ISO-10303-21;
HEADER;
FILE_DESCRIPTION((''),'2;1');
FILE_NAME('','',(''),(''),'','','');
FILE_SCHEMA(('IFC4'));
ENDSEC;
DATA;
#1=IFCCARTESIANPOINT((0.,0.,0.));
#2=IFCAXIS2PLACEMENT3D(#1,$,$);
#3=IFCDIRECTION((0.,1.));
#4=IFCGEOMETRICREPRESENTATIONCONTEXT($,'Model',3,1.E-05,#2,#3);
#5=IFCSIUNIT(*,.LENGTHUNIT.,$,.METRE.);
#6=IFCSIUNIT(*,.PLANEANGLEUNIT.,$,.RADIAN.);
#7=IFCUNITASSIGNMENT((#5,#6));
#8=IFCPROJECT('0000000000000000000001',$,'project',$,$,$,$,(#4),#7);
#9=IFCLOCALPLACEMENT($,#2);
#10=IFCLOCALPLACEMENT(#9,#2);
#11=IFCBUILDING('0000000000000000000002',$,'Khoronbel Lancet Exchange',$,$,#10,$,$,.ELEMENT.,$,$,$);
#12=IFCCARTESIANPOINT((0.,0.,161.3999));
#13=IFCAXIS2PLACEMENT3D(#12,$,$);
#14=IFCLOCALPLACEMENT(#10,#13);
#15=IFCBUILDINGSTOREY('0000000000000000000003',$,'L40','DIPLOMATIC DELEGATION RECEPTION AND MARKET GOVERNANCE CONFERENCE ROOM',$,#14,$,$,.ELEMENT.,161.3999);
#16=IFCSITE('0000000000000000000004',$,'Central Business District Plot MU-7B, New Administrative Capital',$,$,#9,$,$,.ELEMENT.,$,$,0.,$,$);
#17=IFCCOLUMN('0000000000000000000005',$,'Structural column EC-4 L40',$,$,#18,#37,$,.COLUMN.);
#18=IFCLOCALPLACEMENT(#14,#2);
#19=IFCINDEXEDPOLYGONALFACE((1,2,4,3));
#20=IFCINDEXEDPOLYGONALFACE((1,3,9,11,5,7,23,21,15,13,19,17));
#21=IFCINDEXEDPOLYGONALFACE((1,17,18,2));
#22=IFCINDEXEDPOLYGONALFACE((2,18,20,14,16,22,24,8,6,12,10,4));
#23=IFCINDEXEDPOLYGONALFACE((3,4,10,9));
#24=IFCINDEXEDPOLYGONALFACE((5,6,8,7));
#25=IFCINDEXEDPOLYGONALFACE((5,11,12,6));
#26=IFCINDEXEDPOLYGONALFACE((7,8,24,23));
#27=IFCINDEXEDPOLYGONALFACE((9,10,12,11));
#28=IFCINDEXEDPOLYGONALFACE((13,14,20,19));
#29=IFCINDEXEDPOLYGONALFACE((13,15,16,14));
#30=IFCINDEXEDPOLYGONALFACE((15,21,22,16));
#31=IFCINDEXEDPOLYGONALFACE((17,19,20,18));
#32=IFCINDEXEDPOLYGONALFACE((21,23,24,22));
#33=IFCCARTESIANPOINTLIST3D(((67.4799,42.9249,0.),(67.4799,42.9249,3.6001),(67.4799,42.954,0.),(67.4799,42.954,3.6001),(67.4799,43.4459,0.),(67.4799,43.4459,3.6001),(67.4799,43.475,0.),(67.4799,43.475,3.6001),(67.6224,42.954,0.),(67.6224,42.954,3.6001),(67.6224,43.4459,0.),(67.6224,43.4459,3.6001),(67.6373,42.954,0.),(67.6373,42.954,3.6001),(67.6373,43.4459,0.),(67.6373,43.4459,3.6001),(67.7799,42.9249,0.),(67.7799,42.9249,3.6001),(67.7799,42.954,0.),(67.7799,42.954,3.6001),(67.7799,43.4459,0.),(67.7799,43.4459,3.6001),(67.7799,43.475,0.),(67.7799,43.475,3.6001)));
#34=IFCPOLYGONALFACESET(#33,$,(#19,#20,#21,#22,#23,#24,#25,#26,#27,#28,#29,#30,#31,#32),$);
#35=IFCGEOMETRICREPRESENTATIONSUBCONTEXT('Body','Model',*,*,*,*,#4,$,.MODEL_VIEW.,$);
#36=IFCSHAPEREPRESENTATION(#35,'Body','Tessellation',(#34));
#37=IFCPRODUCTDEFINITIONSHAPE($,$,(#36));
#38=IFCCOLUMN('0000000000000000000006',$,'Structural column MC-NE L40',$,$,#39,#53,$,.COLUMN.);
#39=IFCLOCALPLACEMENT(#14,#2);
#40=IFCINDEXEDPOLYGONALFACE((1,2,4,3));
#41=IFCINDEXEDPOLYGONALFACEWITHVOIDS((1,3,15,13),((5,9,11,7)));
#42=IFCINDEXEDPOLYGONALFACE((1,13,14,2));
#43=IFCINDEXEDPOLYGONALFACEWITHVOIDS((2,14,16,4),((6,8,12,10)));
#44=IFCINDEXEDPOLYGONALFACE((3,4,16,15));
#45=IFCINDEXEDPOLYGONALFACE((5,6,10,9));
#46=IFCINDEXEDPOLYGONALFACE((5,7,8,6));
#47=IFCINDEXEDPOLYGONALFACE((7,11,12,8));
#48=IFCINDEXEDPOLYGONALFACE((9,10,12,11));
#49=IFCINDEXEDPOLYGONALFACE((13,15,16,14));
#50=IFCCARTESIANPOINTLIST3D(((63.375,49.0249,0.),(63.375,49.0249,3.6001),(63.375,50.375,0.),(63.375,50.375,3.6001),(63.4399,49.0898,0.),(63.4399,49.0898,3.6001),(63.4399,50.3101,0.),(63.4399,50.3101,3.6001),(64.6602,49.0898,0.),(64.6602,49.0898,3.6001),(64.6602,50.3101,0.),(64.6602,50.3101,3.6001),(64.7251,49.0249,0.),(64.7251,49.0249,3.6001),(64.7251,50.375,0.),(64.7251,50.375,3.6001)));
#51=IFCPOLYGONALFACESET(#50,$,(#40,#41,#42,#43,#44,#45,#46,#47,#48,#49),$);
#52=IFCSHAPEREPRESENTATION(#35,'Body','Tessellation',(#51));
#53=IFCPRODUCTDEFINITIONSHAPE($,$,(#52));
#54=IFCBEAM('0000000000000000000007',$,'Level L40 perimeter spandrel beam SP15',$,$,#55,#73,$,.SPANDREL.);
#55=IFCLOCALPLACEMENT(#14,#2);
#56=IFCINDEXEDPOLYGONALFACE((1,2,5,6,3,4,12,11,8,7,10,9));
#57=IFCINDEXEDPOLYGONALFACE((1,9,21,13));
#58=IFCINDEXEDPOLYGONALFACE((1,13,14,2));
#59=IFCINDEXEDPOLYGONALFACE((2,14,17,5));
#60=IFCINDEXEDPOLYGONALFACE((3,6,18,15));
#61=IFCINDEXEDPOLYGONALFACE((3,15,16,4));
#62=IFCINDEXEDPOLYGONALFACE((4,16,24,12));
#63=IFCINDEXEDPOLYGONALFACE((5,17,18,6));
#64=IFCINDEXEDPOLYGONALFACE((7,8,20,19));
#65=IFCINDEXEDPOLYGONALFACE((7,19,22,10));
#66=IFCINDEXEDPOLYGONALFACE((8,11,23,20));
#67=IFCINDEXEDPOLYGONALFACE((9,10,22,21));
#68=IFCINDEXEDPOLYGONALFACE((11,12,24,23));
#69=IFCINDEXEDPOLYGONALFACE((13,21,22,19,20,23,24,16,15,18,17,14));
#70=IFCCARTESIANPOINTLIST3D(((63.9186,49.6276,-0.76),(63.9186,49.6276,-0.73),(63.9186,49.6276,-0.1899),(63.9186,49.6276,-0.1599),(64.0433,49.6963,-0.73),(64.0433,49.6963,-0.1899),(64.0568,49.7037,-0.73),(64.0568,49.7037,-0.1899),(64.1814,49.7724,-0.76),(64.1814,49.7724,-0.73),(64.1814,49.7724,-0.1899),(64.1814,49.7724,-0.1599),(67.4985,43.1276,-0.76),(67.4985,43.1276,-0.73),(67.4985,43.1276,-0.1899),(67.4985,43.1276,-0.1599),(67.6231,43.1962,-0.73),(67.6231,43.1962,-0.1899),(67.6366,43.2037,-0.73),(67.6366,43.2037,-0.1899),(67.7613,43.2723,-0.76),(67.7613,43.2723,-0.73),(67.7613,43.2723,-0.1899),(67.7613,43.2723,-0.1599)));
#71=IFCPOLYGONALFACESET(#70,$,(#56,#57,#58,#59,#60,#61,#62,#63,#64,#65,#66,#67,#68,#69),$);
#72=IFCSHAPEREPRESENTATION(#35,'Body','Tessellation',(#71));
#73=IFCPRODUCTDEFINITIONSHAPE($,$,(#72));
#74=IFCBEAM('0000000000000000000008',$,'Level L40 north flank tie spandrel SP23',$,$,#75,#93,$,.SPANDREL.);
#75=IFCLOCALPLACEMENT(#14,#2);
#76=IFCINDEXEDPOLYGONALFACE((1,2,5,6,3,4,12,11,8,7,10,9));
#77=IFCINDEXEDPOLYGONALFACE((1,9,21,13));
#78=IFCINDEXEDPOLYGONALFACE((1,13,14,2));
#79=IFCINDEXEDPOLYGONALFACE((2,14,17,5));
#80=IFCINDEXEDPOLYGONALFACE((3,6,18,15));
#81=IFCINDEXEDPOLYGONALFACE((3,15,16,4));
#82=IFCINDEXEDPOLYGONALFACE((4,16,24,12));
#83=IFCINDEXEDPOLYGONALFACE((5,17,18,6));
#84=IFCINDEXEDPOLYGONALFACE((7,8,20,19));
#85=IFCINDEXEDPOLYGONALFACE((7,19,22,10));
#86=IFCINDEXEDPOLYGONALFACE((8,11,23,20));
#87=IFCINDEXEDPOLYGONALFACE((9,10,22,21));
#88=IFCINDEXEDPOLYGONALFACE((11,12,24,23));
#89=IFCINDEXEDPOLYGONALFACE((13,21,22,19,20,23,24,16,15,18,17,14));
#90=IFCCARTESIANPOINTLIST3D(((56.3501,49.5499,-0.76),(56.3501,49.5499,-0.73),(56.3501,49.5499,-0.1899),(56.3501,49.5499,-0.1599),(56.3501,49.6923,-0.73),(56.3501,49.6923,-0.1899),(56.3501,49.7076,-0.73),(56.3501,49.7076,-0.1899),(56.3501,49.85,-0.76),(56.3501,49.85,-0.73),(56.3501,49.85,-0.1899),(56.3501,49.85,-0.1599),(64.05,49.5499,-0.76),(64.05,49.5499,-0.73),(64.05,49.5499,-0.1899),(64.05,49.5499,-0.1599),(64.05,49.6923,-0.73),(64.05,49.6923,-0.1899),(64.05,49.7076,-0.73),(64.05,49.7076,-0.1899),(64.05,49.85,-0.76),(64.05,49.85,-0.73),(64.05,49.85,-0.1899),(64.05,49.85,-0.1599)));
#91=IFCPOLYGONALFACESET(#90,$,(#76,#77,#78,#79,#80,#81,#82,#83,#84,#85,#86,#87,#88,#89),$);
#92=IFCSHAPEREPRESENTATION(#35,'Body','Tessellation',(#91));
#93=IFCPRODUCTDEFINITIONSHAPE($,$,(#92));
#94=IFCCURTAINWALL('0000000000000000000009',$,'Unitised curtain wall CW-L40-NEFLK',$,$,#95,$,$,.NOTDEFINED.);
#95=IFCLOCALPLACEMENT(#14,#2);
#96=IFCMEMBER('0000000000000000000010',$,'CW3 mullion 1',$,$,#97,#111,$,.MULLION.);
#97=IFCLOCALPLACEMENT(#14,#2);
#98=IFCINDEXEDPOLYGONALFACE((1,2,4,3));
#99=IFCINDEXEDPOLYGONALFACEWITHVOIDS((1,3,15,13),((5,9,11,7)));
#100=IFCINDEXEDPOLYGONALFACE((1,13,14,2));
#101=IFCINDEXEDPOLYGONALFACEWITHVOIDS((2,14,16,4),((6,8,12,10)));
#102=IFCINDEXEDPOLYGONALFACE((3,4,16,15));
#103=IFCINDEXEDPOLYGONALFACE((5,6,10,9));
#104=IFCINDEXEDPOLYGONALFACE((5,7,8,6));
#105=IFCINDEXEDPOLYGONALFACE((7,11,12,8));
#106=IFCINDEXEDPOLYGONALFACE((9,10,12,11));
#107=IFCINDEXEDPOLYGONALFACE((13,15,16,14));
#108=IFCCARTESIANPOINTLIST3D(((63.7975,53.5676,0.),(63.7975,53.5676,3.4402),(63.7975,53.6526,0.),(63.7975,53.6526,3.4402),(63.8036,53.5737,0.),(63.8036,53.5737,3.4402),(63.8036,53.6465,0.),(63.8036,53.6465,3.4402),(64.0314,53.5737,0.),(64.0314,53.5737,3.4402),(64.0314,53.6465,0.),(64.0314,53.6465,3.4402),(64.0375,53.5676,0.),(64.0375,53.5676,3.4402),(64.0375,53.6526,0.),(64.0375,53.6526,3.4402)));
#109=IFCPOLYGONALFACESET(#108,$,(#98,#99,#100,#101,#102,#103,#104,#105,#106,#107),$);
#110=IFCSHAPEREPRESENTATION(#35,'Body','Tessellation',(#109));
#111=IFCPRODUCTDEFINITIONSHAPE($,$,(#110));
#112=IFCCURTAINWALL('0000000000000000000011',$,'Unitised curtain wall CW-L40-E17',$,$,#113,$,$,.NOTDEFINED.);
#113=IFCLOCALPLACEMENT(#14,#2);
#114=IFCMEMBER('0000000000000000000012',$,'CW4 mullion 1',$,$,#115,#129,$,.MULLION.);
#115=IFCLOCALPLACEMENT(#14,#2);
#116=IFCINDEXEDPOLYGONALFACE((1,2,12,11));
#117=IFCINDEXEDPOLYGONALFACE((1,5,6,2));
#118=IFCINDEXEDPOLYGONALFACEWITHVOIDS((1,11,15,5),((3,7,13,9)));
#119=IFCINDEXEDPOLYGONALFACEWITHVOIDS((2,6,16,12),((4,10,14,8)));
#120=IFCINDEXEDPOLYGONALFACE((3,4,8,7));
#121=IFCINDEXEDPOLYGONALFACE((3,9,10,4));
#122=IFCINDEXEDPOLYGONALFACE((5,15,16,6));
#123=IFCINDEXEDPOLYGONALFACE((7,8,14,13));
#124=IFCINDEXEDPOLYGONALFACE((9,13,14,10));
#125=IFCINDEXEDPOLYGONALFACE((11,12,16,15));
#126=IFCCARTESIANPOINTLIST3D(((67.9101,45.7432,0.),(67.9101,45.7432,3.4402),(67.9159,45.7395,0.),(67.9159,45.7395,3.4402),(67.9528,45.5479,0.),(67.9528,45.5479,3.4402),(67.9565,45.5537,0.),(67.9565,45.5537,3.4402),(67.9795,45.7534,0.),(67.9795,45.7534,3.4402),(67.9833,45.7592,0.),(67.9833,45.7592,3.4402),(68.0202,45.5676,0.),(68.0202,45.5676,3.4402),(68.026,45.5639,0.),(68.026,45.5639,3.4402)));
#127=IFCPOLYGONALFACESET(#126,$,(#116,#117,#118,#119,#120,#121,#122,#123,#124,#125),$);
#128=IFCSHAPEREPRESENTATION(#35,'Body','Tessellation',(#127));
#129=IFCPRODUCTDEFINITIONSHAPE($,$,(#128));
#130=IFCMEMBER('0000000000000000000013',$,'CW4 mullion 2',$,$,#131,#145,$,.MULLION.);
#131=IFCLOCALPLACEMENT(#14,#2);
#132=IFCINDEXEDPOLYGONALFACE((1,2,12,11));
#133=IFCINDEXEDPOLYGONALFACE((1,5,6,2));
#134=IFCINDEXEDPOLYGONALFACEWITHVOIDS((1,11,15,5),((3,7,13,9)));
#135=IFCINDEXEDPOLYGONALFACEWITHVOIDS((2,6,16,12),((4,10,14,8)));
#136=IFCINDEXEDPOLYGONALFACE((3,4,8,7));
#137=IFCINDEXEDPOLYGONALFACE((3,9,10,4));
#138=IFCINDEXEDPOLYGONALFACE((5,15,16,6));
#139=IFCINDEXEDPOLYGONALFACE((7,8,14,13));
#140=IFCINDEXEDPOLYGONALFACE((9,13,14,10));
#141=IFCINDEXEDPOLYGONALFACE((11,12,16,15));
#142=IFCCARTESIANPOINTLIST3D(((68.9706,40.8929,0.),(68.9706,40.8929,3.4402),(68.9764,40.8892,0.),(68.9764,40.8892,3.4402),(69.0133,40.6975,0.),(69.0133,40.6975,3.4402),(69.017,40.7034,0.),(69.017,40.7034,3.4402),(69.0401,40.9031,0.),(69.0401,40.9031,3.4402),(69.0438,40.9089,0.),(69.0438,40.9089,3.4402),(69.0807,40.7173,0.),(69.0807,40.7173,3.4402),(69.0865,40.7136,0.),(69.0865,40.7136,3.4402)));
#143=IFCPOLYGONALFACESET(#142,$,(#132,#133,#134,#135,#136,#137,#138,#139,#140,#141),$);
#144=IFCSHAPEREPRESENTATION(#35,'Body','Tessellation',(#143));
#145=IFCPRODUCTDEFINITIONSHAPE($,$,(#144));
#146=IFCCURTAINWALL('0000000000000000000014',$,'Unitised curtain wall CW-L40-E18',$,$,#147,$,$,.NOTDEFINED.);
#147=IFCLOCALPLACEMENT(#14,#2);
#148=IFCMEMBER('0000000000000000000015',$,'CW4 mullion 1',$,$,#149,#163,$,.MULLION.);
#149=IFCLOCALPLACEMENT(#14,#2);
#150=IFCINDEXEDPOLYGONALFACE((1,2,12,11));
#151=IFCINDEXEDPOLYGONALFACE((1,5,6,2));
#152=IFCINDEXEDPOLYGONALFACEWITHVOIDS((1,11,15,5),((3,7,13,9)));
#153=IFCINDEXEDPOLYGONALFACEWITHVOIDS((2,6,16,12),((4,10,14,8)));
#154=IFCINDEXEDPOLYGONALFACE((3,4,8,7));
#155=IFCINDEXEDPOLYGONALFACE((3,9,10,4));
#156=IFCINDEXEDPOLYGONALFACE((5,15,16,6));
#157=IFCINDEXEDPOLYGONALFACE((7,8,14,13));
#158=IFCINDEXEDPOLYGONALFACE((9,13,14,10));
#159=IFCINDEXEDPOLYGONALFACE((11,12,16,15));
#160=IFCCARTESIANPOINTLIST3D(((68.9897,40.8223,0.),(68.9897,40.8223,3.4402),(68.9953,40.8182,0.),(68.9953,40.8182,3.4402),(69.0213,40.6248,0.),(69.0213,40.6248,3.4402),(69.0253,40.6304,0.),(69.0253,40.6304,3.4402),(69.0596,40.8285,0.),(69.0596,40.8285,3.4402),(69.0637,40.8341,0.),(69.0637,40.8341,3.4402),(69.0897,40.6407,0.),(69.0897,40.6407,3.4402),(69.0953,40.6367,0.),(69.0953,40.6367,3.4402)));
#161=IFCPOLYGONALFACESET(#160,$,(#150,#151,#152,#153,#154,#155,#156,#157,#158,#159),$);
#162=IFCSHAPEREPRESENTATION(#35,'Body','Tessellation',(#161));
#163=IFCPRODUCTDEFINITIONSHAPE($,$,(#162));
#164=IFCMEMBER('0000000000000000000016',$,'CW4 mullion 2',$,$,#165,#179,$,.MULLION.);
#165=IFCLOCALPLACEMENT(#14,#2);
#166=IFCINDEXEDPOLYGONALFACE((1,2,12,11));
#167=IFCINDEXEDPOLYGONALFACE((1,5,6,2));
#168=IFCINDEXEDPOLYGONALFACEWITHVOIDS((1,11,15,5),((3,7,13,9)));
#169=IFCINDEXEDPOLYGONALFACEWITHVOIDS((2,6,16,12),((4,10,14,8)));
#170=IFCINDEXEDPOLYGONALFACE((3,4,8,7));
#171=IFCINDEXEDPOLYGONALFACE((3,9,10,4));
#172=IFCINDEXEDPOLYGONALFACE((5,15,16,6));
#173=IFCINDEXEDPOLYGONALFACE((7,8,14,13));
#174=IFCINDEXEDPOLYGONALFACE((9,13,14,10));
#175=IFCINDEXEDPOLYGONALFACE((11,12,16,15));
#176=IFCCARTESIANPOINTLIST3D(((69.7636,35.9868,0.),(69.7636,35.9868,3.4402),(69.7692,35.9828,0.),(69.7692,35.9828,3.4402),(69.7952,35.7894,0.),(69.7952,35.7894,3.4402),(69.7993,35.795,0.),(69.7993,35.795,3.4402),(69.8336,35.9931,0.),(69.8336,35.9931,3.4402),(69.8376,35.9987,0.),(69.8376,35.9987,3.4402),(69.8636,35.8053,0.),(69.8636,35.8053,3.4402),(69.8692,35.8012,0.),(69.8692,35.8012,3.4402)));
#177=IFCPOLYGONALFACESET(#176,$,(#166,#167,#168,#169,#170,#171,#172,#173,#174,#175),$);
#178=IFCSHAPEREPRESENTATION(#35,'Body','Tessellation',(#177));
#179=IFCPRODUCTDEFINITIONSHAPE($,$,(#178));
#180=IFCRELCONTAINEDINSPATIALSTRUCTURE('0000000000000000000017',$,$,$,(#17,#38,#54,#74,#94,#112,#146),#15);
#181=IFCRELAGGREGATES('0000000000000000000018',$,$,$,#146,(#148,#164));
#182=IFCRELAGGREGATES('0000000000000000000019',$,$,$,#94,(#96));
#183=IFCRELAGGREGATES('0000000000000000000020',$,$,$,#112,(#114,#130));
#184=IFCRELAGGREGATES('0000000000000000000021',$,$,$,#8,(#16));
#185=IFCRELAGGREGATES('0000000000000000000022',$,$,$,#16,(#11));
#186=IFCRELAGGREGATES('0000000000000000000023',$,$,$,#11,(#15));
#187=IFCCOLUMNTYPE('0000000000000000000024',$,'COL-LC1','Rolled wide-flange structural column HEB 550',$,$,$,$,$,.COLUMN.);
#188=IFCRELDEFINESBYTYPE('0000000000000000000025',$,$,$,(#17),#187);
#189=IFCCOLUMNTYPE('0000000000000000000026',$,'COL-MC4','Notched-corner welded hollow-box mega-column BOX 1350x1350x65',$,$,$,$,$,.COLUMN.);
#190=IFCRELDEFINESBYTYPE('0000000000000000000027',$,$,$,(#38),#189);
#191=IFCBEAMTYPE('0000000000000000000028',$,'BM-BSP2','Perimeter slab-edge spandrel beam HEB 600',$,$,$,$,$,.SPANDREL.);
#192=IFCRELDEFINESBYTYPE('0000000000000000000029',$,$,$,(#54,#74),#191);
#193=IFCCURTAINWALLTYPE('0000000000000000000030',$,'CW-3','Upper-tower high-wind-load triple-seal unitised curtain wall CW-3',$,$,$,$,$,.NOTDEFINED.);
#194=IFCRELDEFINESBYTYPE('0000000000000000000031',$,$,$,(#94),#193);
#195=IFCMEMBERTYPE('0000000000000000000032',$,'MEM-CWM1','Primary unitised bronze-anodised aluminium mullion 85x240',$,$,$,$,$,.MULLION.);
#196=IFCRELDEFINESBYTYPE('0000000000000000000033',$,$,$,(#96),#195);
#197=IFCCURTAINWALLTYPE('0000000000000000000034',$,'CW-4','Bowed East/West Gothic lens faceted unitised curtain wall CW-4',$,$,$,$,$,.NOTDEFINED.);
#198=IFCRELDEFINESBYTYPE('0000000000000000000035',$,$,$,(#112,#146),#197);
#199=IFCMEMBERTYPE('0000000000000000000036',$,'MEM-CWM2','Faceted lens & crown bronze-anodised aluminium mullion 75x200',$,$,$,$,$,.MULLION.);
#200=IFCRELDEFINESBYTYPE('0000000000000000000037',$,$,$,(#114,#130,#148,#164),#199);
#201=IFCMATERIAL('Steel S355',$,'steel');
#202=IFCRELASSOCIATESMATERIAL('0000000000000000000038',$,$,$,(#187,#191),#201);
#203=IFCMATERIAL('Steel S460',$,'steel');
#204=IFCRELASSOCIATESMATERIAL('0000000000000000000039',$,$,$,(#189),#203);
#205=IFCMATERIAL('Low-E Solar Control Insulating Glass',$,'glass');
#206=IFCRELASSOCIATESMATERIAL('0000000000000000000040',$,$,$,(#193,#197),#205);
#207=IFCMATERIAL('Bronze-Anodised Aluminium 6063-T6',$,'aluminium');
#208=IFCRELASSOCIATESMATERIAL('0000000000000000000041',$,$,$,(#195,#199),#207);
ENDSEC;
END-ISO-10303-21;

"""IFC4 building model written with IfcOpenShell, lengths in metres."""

from ifc_helpers import new_model, si_unit, direction, frame, origin, origin_2d, place, context, subcontext, project, spatial, hollow_rectangle, i_section, extrude, material, material_profile, profile_set, type_object, element, aggregate, save


model = new_model("IFC4")

# Units and contexts
model_context = context("Model", 3, precision=1e-05, world=origin(), true_north=direction((0.0, 1.0)))
body_context = subcontext(model_context, "Body", "Model", "MODEL_VIEW")
ifc_project = project(units=[si_unit("LENGTHUNIT", "METRE"), si_unit("PLANEANGLEUNIT", "RADIAN")], contexts=[model_context])

# Site, building, storey
site_placement = place(None, origin())
site = spatial("IfcSite", under=ifc_project, at=site_placement, Name="Central Business District Plot MU-7B, New Administrative Capital", CompositionType="ELEMENT", RefElevation=0.0)
building_placement = place(site_placement, origin())
building = spatial("IfcBuilding", under=site, at=building_placement, Name="Khoronbel Lancet Exchange", CompositionType="ELEMENT")
storey_placement = place(building_placement, frame((0.0, 0.0, 161.3999)))
storey = spatial("IfcBuildingStorey", under=building, at=storey_placement, Name="L40", Description="DIPLOMATIC DELEGATION RECEPTION AND MARKET GOVERNANCE CONFERENCE ROOM", CompositionType="ELEMENT", Elevation=161.3999)

# Columns
ifc_material_1 = material(Name="Steel S355", Category="steel")
ifc_material_profile_1 = material_profile(ifc_material_1, i_section(OverallWidth=0.3, OverallDepth=0.55, WebThickness=0.0149, FlangeThickness=0.0291, at=origin_2d()), Name="HEB 550")
ifc_profile_set_1 = profile_set([ifc_material_profile_1], Name="Steel S355")
column_type_1 = type_object("IfcColumnType", Name="COL-LC1", Description="Rolled wide-flange structural column HEB 550", PredefinedType="COLUMN", material=ifc_profile_set_1)
column_1_placement = place(storey_placement, frame((67.6299, 43.2, 0.0), z_axis=(0.0, 0.0, 1.0), x_axis=(1.0, 0.0, 0.0)))
element("IfcColumn", 1, at=column_1_placement, inside=storey, type_object=column_type_1, Name="Structural column EC-4 L40", PredefinedType="COLUMN", context=body_context, shape_type="SweptSolid", body=[
    extrude(i_section(OverallWidth=0.3, OverallDepth=0.55, WebThickness=0.0149, FlangeThickness=0.0291, at=origin_2d()), origin(), (0.0, 0.0, 1.0), 3.6001),
])
ifc_material_2 = material(Name="Steel S460", Category="steel")
ifc_material_profile_2 = material_profile(ifc_material_2, hollow_rectangle(XDim=1.3501, YDim=1.3501, WallThickness=0.0649, at=origin_2d()), Name="BOX 1350x1350x65")
ifc_profile_set_2 = profile_set([ifc_material_profile_2], Name="Steel S460")
column_type_2 = type_object("IfcColumnType", Name="COL-MC4", Description="Notched-corner welded hollow-box mega-column BOX 1350x1350x65", PredefinedType="COLUMN", material=ifc_profile_set_2)
column_2_placement = place(storey_placement, frame((64.05, 49.7, 0.0), z_axis=(0.0, 0.0, 1.0), x_axis=(1.0, 0.0, 0.0)))
element("IfcColumn", 2, at=column_2_placement, inside=storey, type_object=column_type_2, Name="Structural column MC-NE L40", PredefinedType="COLUMN", context=body_context, shape_type="SweptSolid", body=[
    extrude(hollow_rectangle(XDim=1.3501, YDim=1.3501, WallThickness=0.0649, at=origin_2d()), origin(), (0.0, 0.0, 1.0), 3.6001),
])

# Beams
ifc_material_profile_3 = material_profile(ifc_material_1, i_section(OverallWidth=0.3, OverallDepth=0.6001, WebThickness=0.0154, FlangeThickness=0.03, at=origin_2d()), Name="HEB 600")
ifc_profile_set_3 = profile_set([ifc_material_profile_3], Name="Steel S355")
beam_type = type_object("IfcBeamType", Name="BM-BSP2", Description="Perimeter slab-edge spandrel beam HEB 600", PredefinedType="SPANDREL", material=ifc_profile_set_3)
beam_1_placement = place(storey_placement, frame((67.6299, 43.2, -0.46), z_axis=(-0.482419, 0.875941, 0.0), x_axis=(-0.875941, -0.482419, 0.0)))
element("IfcBeam", 3, at=beam_1_placement, inside=storey, type_object=beam_type, Name="Level L40 perimeter spandrel beam SP15", PredefinedType="SPANDREL", context=body_context, shape_type="SweptSolid", body=[
    extrude(i_section(OverallWidth=0.3, OverallDepth=0.6001, WebThickness=0.0154, FlangeThickness=0.03, at=origin_2d()), origin(), (0.0, 0.0, 1.0), 7.4207),
])
beam_2_placement = place(storey_placement, frame((64.05, 49.7, -0.46), z_axis=(-1.0, 0.0, 0.0), x_axis=(0.0, -1.0, 0.0)))
element("IfcBeam", 4, at=beam_2_placement, inside=storey, type_object=beam_type, Name="Level L40 north flank tie spandrel SP23", PredefinedType="SPANDREL", context=body_context, shape_type="SweptSolid", body=[
    extrude(i_section(OverallWidth=0.3, OverallDepth=0.6001, WebThickness=0.0154, FlangeThickness=0.03, at=origin_2d()), origin(), (0.0, 0.0, 1.0), 7.7),
])

# Curtain wall, member
ifc_material_3 = material(Name="Low-E Solar Control Insulating Glass", Category="glass")
curtain_wall_type_1 = type_object("IfcCurtainWallType", Name="CW-3", Description="Upper-tower high-wind-load triple-seal unitised curtain wall CW-3", PredefinedType="NOTDEFINED", material=ifc_material_3)
curtain_wall_1_placement = place(storey_placement, origin())
curtain_wall_1 = element("IfcCurtainWall", 5, at=curtain_wall_1_placement, inside=storey, type_object=curtain_wall_type_1, Name="Unitised curtain wall CW-L40-NEFLK", PredefinedType="NOTDEFINED")
ifc_material_4 = material(Name="Bronze-Anodised Aluminium 6063-T6", Category="aluminium")
ifc_material_profile_4 = material_profile(ifc_material_4, hollow_rectangle(XDim=0.085, YDim=0.24, WallThickness=0.0061, at=origin_2d()), Name="ALU MULLION 85x240")
ifc_profile_set_4 = profile_set([ifc_material_profile_4], Name="Bronze-Anodised Aluminium 6063-T6")
member_type_1 = type_object("IfcMemberType", Name="MEM-CWM1", Description="Primary unitised bronze-anodised aluminium mullion 85x240", PredefinedType="MULLION", material=ifc_profile_set_4)
member_1_placement = place(storey_placement, frame((63.9175, 53.6101, 0.0), z_axis=(0.0, 0.0, 1.0), x_axis=(0.0, -1.0, 0.0)))
member_1 = element("IfcMember", 6, at=member_1_placement, type_object=member_type_1, Name="CW3 mullion 1", PredefinedType="MULLION", context=body_context, shape_type="SweptSolid", body=[
    extrude(hollow_rectangle(XDim=0.085, YDim=0.24, WallThickness=0.0061, at=origin_2d()), origin(), (0.0, 0.0, 1.0), 3.4402),
])

# Curtain walls, members
curtain_wall_type_2 = type_object("IfcCurtainWallType", Name="CW-4", Description="Bowed East/West Gothic lens faceted unitised curtain wall CW-4", PredefinedType="NOTDEFINED", material=ifc_material_3)
curtain_wall_2_placement = place(storey_placement, origin())
curtain_wall_2 = element("IfcCurtainWall", 7, at=curtain_wall_2_placement, inside=storey, type_object=curtain_wall_type_2, Name="Unitised curtain wall CW-L40-E17", PredefinedType="NOTDEFINED")
ifc_material_profile_5 = material_profile(ifc_material_4, hollow_rectangle(XDim=0.075, YDim=0.2, WallThickness=0.0049, at=origin_2d()), Name="ALU MULLION 75x200")
ifc_profile_set_5 = profile_set([ifc_material_profile_5], Name="Bronze-Anodised Aluminium 6063-T6")
member_type_2 = type_object("IfcMemberType", Name="MEM-CWM2", Description="Faceted lens & crown bronze-anodised aluminium mullion 75x200", PredefinedType="MULLION", material=ifc_profile_set_5)
member_2_placement = place(storey_placement, frame((67.968, 45.6536, 0.0), z_axis=(0.0, 0.0, 1.0), x_axis=(0.976923, 0.213591, 0.0)))
member_2 = element("IfcMember", 8, at=member_2_placement, type_object=member_type_2, Name="CW4 mullion 1", PredefinedType="MULLION", context=body_context, shape_type="SweptSolid", body=[
    extrude(hollow_rectangle(XDim=0.075, YDim=0.2, WallThickness=0.0049, at=origin_2d()), origin(), (0.0, 0.0, 1.0), 3.4402),
])
member_3_placement = place(storey_placement, frame((69.0286, 40.8032, 0.0), z_axis=(0.0, 0.0, 1.0), x_axis=(0.976923, 0.213591, 0.0)))
member_3 = element("IfcMember", 9, at=member_3_placement, type_object=member_type_2, Name="CW4 mullion 2", PredefinedType="MULLION", context=body_context, shape_type="SweptSolid", body=[
    extrude(hollow_rectangle(XDim=0.075, YDim=0.2, WallThickness=0.0049, at=origin_2d()), origin(), (0.0, 0.0, 1.0), 3.4402),
])
curtain_wall_3_placement = place(storey_placement, origin())
curtain_wall_3 = element("IfcCurtainWall", 10, at=curtain_wall_3_placement, inside=storey, type_object=curtain_wall_type_2, Name="Unitised curtain wall CW-L40-E18", PredefinedType="NOTDEFINED")
member_4_placement = place(storey_placement, frame((69.0425, 40.7295, 0.0), z_axis=(0.0, 0.0, 1.0), x_axis=(0.98743, 0.158059, 0.0)))
member_4 = element("IfcMember", 11, at=member_4_placement, type_object=member_type_2, Name="CW4 mullion 1", PredefinedType="MULLION", context=body_context, shape_type="SweptSolid", body=[
    extrude(hollow_rectangle(XDim=0.075, YDim=0.2, WallThickness=0.0049, at=origin_2d()), origin(), (0.0, 0.0, 1.0), 3.4402),
])
member_5_placement = place(storey_placement, frame((69.8164, 35.894, 0.0), z_axis=(0.0, 0.0, 1.0), x_axis=(0.98743, 0.158059, 0.0)))
member_5 = element("IfcMember", 12, at=member_5_placement, type_object=member_type_2, Name="CW4 mullion 2", PredefinedType="MULLION", context=body_context, shape_type="SweptSolid", body=[
    extrude(hollow_rectangle(XDim=0.075, YDim=0.2, WallThickness=0.0049, at=origin_2d()), origin(), (0.0, 0.0, 1.0), 3.4402),
])

aggregate(curtain_wall_3, [member_4, member_5])
aggregate(curtain_wall_1, [member_1])
aggregate(curtain_wall_2, [member_2, member_3])

save(model, "model.ifc")
